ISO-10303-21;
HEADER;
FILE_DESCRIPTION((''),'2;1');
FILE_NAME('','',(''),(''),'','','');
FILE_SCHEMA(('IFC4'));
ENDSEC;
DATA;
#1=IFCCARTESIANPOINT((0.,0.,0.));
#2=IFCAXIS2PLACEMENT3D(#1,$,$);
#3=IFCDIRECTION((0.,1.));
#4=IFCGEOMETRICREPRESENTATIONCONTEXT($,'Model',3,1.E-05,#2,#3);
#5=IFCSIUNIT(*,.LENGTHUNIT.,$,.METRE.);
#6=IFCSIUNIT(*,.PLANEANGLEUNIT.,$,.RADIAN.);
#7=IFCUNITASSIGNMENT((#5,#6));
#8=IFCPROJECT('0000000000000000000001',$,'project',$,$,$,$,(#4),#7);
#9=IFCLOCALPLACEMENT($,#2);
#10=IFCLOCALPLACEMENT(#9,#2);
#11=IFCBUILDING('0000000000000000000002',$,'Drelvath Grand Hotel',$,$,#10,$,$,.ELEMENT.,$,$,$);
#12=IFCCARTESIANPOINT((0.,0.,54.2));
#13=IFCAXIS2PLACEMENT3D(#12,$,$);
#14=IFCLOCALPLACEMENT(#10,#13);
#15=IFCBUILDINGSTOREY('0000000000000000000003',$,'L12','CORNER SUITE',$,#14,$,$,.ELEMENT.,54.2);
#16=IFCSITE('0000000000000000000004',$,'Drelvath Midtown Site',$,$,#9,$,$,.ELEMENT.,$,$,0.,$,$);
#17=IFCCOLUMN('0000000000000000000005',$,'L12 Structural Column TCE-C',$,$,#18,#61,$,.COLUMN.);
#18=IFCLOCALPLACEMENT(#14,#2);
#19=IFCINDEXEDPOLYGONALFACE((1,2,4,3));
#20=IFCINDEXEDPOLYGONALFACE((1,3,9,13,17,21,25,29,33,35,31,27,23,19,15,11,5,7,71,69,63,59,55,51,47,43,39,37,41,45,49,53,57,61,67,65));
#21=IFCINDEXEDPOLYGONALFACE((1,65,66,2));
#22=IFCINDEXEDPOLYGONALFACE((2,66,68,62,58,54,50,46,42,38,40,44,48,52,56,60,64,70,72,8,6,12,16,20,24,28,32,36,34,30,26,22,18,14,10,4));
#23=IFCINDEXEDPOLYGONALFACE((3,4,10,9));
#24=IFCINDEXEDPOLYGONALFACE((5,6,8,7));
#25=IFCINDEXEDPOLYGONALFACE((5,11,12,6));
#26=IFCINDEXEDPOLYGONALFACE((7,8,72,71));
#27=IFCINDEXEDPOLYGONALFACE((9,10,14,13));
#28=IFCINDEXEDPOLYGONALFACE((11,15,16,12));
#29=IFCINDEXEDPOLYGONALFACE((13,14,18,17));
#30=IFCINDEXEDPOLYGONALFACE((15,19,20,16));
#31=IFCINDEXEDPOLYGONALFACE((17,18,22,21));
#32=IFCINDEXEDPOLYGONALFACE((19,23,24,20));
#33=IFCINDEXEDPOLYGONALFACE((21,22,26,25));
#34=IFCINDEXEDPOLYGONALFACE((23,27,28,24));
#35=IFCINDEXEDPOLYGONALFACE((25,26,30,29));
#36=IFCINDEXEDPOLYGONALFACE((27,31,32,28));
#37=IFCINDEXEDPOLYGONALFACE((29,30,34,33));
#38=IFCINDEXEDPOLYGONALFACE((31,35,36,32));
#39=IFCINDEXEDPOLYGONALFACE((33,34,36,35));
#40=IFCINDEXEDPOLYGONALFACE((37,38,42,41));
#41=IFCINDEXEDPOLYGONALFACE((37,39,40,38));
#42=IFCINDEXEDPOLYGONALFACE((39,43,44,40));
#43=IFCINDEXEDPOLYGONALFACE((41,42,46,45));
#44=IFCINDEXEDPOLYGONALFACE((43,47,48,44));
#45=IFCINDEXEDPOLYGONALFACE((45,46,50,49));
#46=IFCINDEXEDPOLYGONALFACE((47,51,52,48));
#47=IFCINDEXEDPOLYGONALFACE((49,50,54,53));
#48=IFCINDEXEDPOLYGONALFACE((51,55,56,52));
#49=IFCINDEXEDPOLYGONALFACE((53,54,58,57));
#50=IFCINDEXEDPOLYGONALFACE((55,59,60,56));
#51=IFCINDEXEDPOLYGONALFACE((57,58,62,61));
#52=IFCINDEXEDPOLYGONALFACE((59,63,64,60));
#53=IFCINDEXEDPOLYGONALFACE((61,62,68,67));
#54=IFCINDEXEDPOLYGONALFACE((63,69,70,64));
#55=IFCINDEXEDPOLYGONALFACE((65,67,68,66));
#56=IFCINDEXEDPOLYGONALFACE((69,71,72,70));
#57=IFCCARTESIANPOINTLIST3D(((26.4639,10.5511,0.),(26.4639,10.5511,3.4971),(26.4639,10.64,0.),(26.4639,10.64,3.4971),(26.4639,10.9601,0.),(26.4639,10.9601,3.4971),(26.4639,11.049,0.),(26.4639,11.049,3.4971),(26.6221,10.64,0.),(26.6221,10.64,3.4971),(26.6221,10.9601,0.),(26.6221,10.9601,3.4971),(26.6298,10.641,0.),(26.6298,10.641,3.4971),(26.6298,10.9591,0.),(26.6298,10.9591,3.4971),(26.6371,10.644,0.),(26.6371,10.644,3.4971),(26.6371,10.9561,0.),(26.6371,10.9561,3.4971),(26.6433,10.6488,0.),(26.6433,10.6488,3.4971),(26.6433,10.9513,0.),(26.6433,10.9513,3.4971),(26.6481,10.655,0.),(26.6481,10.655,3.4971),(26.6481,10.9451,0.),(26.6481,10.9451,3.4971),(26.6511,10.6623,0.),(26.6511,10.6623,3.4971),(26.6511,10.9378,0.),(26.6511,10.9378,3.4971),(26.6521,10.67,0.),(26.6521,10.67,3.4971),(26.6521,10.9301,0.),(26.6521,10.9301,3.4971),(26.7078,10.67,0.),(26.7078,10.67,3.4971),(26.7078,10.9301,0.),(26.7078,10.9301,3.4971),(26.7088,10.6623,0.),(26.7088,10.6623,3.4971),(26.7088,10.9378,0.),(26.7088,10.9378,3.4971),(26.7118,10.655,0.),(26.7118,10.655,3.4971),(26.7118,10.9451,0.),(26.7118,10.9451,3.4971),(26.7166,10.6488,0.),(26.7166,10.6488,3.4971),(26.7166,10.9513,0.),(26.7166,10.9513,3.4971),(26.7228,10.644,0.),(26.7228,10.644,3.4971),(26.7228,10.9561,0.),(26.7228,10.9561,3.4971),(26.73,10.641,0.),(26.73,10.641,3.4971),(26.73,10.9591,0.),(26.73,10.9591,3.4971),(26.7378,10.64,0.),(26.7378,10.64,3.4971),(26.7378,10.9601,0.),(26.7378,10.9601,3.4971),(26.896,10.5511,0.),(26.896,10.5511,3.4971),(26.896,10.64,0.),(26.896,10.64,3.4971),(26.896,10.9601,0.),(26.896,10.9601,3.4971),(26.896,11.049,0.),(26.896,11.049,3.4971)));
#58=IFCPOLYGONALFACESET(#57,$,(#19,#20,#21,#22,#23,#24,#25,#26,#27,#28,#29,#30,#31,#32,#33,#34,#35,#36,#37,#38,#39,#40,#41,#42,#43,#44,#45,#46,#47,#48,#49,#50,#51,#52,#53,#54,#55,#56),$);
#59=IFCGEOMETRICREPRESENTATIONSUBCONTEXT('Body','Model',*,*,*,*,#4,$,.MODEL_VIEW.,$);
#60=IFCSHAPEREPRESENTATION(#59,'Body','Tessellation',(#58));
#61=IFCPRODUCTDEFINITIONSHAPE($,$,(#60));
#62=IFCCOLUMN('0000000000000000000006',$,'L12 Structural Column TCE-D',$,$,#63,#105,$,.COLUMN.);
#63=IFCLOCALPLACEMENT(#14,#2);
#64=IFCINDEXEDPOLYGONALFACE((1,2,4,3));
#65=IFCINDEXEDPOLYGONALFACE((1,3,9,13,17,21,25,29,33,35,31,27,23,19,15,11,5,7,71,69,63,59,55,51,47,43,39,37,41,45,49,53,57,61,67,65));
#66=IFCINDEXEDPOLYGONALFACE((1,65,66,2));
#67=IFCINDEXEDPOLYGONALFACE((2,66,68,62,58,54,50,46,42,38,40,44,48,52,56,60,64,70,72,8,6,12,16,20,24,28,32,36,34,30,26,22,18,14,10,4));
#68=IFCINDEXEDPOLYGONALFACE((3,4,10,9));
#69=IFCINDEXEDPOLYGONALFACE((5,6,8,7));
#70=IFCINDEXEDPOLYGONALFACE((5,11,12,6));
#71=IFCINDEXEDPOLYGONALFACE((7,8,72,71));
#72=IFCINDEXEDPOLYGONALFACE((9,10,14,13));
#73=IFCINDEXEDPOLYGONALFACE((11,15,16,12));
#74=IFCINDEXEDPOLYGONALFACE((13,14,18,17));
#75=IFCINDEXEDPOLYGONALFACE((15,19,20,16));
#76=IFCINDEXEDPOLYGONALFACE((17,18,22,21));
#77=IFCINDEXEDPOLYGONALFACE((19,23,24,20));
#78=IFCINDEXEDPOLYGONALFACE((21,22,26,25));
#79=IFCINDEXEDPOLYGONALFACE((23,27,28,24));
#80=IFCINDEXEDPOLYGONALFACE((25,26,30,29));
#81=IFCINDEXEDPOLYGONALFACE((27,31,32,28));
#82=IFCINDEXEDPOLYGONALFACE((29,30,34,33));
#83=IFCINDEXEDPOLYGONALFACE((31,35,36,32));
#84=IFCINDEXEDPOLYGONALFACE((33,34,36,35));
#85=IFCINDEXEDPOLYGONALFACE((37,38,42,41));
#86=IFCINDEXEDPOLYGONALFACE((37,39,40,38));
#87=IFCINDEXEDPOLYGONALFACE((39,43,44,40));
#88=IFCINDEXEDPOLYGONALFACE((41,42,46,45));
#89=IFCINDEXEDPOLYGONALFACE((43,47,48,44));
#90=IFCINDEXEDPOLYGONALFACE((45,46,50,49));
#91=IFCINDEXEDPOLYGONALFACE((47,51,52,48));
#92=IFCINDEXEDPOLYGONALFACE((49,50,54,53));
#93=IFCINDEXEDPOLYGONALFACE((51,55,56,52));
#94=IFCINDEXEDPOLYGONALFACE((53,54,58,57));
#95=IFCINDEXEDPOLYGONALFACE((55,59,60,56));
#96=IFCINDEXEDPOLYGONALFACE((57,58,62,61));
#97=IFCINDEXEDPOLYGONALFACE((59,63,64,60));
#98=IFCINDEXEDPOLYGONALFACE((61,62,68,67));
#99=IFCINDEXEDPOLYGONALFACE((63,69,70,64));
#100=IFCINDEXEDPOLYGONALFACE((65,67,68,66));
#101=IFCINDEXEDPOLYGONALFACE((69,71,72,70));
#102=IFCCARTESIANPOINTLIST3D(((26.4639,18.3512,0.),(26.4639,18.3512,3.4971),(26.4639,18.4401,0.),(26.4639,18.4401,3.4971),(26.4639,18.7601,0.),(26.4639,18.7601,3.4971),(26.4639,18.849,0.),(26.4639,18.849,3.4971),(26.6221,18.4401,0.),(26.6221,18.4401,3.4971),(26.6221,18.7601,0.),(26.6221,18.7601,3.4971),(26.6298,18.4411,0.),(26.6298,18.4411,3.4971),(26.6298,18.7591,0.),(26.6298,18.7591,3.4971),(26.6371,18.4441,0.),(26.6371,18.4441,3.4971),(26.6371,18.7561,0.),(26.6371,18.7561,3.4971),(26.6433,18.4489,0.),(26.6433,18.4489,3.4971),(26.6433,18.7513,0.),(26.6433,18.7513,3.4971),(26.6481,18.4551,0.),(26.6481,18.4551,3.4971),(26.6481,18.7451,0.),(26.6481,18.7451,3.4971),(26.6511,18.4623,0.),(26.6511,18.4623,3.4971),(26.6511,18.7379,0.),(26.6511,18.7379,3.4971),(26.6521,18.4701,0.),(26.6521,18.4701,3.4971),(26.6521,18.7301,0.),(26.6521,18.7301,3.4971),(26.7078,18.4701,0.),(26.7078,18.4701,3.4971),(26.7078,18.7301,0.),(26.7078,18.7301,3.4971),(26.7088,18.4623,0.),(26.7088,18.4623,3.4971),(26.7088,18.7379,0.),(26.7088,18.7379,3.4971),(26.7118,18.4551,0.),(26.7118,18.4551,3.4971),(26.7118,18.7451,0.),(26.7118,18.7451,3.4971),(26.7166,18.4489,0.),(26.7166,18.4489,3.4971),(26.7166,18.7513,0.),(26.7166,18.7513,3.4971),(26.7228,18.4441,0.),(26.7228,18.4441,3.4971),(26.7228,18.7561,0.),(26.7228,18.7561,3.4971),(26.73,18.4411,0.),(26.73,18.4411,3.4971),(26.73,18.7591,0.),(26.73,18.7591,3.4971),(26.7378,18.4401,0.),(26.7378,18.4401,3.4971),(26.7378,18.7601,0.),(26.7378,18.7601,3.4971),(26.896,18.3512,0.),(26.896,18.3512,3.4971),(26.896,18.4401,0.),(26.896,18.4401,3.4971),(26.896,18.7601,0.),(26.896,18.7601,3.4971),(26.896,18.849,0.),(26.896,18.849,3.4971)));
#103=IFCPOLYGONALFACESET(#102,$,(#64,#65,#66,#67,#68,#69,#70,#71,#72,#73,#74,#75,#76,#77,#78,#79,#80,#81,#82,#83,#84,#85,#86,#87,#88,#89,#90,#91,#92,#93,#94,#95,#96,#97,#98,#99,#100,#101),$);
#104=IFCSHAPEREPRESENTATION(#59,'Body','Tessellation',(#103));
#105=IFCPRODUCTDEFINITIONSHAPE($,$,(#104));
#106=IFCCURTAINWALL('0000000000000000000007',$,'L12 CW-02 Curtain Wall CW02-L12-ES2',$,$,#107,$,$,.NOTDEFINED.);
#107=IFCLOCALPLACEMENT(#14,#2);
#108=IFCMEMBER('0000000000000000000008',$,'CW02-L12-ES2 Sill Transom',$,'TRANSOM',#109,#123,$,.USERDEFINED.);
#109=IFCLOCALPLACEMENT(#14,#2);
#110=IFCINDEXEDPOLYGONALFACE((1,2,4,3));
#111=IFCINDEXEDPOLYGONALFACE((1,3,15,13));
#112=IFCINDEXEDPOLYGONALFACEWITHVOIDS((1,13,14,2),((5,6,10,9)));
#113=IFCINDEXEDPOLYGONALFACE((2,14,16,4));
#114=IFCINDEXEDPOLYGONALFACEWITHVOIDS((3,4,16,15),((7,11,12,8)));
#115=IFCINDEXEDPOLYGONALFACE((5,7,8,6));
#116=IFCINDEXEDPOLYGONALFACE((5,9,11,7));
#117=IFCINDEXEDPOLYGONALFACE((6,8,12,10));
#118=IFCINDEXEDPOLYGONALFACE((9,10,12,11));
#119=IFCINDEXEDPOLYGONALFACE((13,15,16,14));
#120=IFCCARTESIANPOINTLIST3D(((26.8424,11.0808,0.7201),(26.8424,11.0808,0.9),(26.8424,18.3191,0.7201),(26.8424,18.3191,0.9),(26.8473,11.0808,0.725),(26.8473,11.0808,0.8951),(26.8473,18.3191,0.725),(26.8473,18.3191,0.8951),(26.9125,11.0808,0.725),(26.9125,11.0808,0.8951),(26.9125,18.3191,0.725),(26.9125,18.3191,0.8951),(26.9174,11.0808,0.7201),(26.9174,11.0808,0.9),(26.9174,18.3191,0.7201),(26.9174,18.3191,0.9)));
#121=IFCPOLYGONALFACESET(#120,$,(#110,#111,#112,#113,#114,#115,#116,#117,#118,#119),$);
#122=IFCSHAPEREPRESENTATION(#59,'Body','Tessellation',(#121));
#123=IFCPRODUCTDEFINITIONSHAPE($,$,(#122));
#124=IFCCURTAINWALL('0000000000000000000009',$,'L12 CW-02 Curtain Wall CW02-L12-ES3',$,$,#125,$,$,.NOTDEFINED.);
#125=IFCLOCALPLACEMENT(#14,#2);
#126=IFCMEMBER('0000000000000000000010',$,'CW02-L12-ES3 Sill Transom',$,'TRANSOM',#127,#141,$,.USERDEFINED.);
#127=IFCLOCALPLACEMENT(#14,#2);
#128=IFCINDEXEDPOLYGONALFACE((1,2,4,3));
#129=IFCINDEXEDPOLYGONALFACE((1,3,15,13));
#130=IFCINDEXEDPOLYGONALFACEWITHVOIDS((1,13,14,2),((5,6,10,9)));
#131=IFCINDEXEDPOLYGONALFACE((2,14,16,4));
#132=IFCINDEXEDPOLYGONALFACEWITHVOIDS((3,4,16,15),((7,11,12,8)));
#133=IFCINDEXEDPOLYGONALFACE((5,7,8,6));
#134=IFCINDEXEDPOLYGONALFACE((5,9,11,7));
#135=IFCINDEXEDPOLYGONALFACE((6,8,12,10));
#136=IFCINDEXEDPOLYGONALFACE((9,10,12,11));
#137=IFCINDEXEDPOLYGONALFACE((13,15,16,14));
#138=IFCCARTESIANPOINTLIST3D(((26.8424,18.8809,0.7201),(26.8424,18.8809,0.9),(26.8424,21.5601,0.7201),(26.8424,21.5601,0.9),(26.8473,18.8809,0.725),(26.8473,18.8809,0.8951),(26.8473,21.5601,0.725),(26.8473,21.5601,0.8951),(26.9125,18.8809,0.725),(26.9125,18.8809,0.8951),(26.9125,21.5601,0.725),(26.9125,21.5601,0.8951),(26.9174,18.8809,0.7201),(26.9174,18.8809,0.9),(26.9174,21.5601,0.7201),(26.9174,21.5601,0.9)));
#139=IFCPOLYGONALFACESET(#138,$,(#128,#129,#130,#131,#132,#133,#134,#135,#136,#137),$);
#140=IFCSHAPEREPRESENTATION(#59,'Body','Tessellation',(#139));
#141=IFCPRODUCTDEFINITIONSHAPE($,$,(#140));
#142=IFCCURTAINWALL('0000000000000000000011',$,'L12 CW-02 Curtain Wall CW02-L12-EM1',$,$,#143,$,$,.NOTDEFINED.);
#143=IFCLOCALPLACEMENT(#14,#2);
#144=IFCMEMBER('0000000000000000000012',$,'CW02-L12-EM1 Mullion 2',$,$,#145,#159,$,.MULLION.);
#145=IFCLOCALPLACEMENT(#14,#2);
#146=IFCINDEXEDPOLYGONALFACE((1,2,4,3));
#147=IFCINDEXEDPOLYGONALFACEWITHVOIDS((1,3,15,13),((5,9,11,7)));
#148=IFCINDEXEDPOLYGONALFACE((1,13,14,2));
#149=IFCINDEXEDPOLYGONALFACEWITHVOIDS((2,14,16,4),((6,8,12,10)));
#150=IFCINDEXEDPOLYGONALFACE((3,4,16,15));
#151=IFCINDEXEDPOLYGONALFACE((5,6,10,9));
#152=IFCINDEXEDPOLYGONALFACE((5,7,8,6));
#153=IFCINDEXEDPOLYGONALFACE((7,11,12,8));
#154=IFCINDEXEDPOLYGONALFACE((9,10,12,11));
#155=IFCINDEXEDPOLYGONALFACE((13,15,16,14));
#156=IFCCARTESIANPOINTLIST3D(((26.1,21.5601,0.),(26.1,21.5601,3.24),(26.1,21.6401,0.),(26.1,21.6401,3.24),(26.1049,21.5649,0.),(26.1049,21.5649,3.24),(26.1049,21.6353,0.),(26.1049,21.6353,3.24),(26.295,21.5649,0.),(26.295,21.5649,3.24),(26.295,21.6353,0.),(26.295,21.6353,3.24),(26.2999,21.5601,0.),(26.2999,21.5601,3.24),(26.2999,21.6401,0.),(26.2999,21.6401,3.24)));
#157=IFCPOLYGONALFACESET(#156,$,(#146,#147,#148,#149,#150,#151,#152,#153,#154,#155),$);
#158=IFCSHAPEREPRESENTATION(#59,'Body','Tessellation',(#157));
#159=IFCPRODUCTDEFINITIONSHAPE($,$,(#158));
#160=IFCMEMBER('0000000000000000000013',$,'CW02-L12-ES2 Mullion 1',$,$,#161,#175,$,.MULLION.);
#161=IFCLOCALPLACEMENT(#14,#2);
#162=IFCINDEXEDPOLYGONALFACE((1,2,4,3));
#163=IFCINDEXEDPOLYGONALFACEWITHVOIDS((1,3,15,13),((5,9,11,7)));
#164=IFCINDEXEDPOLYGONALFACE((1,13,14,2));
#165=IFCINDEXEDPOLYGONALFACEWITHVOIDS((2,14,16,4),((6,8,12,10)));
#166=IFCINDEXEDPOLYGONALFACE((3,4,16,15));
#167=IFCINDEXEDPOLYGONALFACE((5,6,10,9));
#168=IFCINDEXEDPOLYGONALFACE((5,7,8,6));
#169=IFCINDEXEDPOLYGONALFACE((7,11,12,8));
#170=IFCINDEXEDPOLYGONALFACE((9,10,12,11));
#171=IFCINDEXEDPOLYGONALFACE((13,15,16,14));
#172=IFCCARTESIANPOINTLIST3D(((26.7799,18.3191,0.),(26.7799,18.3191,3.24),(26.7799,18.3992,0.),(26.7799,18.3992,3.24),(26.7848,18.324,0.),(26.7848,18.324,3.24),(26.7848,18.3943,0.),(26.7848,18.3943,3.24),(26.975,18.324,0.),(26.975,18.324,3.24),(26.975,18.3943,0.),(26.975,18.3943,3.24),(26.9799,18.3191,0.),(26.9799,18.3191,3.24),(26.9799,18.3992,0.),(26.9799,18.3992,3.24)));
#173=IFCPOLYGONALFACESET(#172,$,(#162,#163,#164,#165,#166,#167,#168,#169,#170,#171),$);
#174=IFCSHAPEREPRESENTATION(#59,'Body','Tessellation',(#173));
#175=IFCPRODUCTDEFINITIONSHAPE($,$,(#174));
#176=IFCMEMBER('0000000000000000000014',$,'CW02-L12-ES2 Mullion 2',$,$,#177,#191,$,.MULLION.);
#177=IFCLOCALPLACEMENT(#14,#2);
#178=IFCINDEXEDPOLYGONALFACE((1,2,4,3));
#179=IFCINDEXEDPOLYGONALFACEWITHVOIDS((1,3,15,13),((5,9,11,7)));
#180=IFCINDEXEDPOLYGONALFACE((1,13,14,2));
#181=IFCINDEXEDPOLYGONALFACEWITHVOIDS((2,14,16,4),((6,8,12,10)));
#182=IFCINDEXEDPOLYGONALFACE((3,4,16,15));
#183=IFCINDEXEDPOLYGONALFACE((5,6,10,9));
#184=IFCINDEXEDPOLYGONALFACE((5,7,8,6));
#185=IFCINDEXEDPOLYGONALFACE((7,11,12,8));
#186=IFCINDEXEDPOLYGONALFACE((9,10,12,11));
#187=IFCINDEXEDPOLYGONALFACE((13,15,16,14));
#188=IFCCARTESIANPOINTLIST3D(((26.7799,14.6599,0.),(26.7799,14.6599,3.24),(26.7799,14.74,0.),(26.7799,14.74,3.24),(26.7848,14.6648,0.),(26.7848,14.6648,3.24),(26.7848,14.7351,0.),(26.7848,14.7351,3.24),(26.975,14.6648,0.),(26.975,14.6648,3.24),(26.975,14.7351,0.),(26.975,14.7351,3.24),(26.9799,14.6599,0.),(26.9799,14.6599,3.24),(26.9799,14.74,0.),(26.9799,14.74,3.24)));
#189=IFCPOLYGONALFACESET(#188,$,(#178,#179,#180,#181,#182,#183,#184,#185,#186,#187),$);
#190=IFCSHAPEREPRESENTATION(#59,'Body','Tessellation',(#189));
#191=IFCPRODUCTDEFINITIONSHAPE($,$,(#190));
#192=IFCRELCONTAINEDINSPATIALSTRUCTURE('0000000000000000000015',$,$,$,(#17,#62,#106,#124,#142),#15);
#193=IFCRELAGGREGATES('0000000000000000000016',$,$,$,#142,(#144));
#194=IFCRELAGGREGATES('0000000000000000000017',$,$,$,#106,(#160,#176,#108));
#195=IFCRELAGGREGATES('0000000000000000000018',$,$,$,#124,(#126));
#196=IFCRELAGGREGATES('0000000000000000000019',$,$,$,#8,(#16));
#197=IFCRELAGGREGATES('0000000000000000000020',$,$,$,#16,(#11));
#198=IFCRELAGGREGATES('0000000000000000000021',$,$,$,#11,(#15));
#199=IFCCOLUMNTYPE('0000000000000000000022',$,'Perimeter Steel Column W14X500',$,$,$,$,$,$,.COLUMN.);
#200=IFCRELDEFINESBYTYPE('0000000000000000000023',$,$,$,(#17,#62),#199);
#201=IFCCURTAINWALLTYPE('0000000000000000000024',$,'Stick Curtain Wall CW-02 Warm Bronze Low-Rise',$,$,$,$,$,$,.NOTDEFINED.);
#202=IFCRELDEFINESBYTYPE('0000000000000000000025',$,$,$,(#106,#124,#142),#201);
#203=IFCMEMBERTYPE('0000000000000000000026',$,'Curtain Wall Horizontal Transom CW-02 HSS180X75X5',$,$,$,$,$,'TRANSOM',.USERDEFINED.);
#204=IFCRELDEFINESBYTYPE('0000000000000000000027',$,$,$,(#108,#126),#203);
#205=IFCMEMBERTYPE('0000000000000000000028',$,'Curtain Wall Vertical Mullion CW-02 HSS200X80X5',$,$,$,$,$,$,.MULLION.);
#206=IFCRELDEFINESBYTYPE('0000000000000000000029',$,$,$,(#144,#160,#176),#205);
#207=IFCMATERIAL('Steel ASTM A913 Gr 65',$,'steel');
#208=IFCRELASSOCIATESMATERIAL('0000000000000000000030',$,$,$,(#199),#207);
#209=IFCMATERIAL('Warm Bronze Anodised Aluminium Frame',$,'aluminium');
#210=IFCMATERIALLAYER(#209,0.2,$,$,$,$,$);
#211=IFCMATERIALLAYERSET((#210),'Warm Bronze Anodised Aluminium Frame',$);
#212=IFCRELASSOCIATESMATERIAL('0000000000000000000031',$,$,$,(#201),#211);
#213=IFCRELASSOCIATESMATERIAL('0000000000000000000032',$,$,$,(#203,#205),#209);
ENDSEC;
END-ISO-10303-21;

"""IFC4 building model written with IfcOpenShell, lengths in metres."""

from ifc_helpers import new_model, si_unit, direction, frame, origin, origin_2d, place, context, subcontext, project, spatial, hollow_rectangle, i_section, extrude, material, layer, layer_set, material_profile, profile_set, type_object, element, aggregate, save


model = new_model("IFC4")

# Units and contexts
model_context = context("Model", 3, precision=1e-05, world=origin(), true_north=direction((0.0, 1.0)))
body_context = subcontext(model_context, "Body", "Model", "MODEL_VIEW")
ifc_project = project(units=[si_unit("LENGTHUNIT", "METRE"), si_unit("PLANEANGLEUNIT", "RADIAN")], contexts=[model_context])

# Site, building, storey
site_placement = place(None, origin())
site = spatial("IfcSite", under=ifc_project, at=site_placement, Name="Drelvath Midtown Site", CompositionType="ELEMENT", RefElevation=0.0)
building_placement = place(site_placement, origin())
building = spatial("IfcBuilding", under=site, at=building_placement, Name="Drelvath Grand Hotel", CompositionType="ELEMENT")
storey_placement = place(building_placement, frame((0.0, 0.0, 54.2)))
storey = spatial("IfcBuildingStorey", under=building, at=storey_placement, Name="L12", Description="CORNER SUITE", CompositionType="ELEMENT", Elevation=54.2)

# Columns
ifc_material_1 = material(Name="Steel ASTM A913 Gr 65", Category="steel")
ifc_material_profile_1 = material_profile(ifc_material_1, i_section(OverallWidth=0.4321, OverallDepth=0.4978, WebThickness=0.0557, FlangeThickness=0.0889, FilletRadius=0.03, at=origin_2d()), Name="W14X500")
ifc_profile_set_1 = profile_set([ifc_material_profile_1], Name="Steel ASTM A913 Gr 65")
column_type = type_object("IfcColumnType", Name="Perimeter Steel Column W14X500", PredefinedType="COLUMN", material=ifc_profile_set_1)
for number, where, z_axis, x_axis, name in (
    (1, (26.6799, 10.8, 0.0), (0.0, 0.0, 1.0), (1.0, 0.0, 0.0), "L12 Structural Column TCE-C"),
    (2, (26.6799, 18.6001, 0.0), (0.0, 0.0, 1.0), (1.0, 0.0, 0.0), "L12 Structural Column TCE-D"),
):
    element("IfcColumn", number, at=place(storey_placement, frame(where, z_axis=z_axis, x_axis=x_axis)), inside=storey, type_object=column_type, Name=name, PredefinedType="COLUMN", context=body_context, shape_type="SweptSolid", body=[
        extrude(i_section(OverallWidth=0.4321, OverallDepth=0.4978, WebThickness=0.0557, FlangeThickness=0.0889, FilletRadius=0.03, at=origin_2d()), origin(), (0.0, 0.0, 1.0), 3.4971),
    ])

# Curtain walls, members
ifc_material_2 = material(Name="Warm Bronze Anodised Aluminium Frame", Category="aluminium")
ifc_layer_1 = layer(ifc_material_2, 0.2)
ifc_layer_set_1 = layer_set([ifc_layer_1], Name="Warm Bronze Anodised Aluminium Frame")
curtain_wall_type = type_object("IfcCurtainWallType", Name="Stick Curtain Wall CW-02 Warm Bronze Low-Rise", PredefinedType="NOTDEFINED", material=ifc_layer_set_1)
curtain_wall_1_placement = place(storey_placement, origin())
curtain_wall_1 = element("IfcCurtainWall", 3, at=curtain_wall_1_placement, inside=storey, type_object=curtain_wall_type, Name="L12 CW-02 Curtain Wall CW02-L12-ES2", PredefinedType="NOTDEFINED")
ifc_material_profile_2 = material_profile(ifc_material_2, hollow_rectangle(XDim=0.075, YDim=0.1799, WallThickness=0.0049, at=origin_2d()), Name="HSS180X75X5")
ifc_profile_set_2 = profile_set([ifc_material_profile_2], Name="Warm Bronze Anodised Aluminium Frame")
member_type_1 = type_object("IfcMemberType", Name="Curtain Wall Horizontal Transom CW-02 HSS180X75X5", ElementType="TRANSOM", PredefinedType="USERDEFINED", material=ifc_profile_set_2)
member_1_placement = place(storey_placement, frame((26.8799, 18.3191, 0.8101), z_axis=(0.0, -1.0, 0.0), x_axis=(1.0, 0.0, 0.0)))
member_1 = element("IfcMember", 4, at=member_1_placement, type_object=member_type_1, Name="CW02-L12-ES2 Sill Transom", ObjectType="TRANSOM", PredefinedType="USERDEFINED", context=body_context, shape_type="SweptSolid", body=[
    extrude(hollow_rectangle(XDim=0.075, YDim=0.1799, WallThickness=0.0049, at=origin_2d()), origin(), (0.0, 0.0, 1.0), 7.2383),
])
curtain_wall_2_placement = place(storey_placement, origin())
curtain_wall_2 = element("IfcCurtainWall", 5, at=curtain_wall_2_placement, inside=storey, type_object=curtain_wall_type, Name="L12 CW-02 Curtain Wall CW02-L12-ES3", PredefinedType="NOTDEFINED")
member_2_placement = place(storey_placement, frame((26.8799, 21.5601, 0.8101), z_axis=(0.0, -1.0, 0.0), x_axis=(1.0, 0.0, 0.0)))
member_2 = element("IfcMember", 6, at=member_2_placement, type_object=member_type_1, Name="CW02-L12-ES3 Sill Transom", ObjectType="TRANSOM", PredefinedType="USERDEFINED", context=body_context, shape_type="SweptSolid", body=[
    extrude(hollow_rectangle(XDim=0.075, YDim=0.1799, WallThickness=0.0049, at=origin_2d()), origin(), (0.0, 0.0, 1.0), 2.6792),
])
curtain_wall_3_placement = place(storey_placement, origin())
curtain_wall_3 = element("IfcCurtainWall", 7, at=curtain_wall_3_placement, inside=storey, type_object=curtain_wall_type, Name="L12 CW-02 Curtain Wall CW02-L12-EM1", PredefinedType="NOTDEFINED")
ifc_material_profile_3 = material_profile(ifc_material_2, hollow_rectangle(XDim=0.0801, YDim=0.2, WallThickness=0.0049, at=origin_2d()), Name="HSS200X80X5")
ifc_profile_set_3 = profile_set([ifc_material_profile_3], Name="Warm Bronze Anodised Aluminium Frame")
member_type_2 = type_object("IfcMemberType", Name="Curtain Wall Vertical Mullion CW-02 HSS200X80X5", PredefinedType="MULLION", material=ifc_profile_set_3)
member_3_placement = place(storey_placement, frame((26.2, 21.6001, 0.0), z_axis=(0.0, 0.0, 1.0), x_axis=(0.0, 1.0, 0.0)))
member_3 = element("IfcMember", 8, at=member_3_placement, type_object=member_type_2, Name="CW02-L12-EM1 Mullion 2", PredefinedType="MULLION", context=body_context, shape_type="SweptSolid", body=[
    extrude(hollow_rectangle(XDim=0.0801, YDim=0.2, WallThickness=0.0049, at=origin_2d()), origin(), (0.0, 0.0, 1.0), 3.24),
])

# Members
member_4_placement = place(storey_placement, frame((26.8799, 18.3591, 0.0), z_axis=(0.0, 0.0, 1.0), x_axis=(0.0, 1.0, 0.0)))
member_4 = element("IfcMember", 9, at=member_4_placement, type_object=member_type_2, Name="CW02-L12-ES2 Mullion 1", PredefinedType="MULLION", context=body_context, shape_type="SweptSolid", body=[
    extrude(hollow_rectangle(XDim=0.0801, YDim=0.2, WallThickness=0.0049, at=origin_2d()), origin(), (0.0, 0.0, 1.0), 3.24),
])
member_5_placement = place(storey_placement, frame((26.8799, 14.7, 0.0), z_axis=(0.0, 0.0, 1.0), x_axis=(0.0, 1.0, 0.0)))
member_5 = element("IfcMember", 10, at=member_5_placement, type_object=member_type_2, Name="CW02-L12-ES2 Mullion 2", PredefinedType="MULLION", context=body_context, shape_type="SweptSolid", body=[
    extrude(hollow_rectangle(XDim=0.0801, YDim=0.2, WallThickness=0.0049, at=origin_2d()), origin(), (0.0, 0.0, 1.0), 3.24),
])

aggregate(curtain_wall_3, [member_3])
aggregate(curtain_wall_1, [member_4, member_5, member_1])
aggregate(curtain_wall_2, [member_2])

save(model, "model.ifc")
